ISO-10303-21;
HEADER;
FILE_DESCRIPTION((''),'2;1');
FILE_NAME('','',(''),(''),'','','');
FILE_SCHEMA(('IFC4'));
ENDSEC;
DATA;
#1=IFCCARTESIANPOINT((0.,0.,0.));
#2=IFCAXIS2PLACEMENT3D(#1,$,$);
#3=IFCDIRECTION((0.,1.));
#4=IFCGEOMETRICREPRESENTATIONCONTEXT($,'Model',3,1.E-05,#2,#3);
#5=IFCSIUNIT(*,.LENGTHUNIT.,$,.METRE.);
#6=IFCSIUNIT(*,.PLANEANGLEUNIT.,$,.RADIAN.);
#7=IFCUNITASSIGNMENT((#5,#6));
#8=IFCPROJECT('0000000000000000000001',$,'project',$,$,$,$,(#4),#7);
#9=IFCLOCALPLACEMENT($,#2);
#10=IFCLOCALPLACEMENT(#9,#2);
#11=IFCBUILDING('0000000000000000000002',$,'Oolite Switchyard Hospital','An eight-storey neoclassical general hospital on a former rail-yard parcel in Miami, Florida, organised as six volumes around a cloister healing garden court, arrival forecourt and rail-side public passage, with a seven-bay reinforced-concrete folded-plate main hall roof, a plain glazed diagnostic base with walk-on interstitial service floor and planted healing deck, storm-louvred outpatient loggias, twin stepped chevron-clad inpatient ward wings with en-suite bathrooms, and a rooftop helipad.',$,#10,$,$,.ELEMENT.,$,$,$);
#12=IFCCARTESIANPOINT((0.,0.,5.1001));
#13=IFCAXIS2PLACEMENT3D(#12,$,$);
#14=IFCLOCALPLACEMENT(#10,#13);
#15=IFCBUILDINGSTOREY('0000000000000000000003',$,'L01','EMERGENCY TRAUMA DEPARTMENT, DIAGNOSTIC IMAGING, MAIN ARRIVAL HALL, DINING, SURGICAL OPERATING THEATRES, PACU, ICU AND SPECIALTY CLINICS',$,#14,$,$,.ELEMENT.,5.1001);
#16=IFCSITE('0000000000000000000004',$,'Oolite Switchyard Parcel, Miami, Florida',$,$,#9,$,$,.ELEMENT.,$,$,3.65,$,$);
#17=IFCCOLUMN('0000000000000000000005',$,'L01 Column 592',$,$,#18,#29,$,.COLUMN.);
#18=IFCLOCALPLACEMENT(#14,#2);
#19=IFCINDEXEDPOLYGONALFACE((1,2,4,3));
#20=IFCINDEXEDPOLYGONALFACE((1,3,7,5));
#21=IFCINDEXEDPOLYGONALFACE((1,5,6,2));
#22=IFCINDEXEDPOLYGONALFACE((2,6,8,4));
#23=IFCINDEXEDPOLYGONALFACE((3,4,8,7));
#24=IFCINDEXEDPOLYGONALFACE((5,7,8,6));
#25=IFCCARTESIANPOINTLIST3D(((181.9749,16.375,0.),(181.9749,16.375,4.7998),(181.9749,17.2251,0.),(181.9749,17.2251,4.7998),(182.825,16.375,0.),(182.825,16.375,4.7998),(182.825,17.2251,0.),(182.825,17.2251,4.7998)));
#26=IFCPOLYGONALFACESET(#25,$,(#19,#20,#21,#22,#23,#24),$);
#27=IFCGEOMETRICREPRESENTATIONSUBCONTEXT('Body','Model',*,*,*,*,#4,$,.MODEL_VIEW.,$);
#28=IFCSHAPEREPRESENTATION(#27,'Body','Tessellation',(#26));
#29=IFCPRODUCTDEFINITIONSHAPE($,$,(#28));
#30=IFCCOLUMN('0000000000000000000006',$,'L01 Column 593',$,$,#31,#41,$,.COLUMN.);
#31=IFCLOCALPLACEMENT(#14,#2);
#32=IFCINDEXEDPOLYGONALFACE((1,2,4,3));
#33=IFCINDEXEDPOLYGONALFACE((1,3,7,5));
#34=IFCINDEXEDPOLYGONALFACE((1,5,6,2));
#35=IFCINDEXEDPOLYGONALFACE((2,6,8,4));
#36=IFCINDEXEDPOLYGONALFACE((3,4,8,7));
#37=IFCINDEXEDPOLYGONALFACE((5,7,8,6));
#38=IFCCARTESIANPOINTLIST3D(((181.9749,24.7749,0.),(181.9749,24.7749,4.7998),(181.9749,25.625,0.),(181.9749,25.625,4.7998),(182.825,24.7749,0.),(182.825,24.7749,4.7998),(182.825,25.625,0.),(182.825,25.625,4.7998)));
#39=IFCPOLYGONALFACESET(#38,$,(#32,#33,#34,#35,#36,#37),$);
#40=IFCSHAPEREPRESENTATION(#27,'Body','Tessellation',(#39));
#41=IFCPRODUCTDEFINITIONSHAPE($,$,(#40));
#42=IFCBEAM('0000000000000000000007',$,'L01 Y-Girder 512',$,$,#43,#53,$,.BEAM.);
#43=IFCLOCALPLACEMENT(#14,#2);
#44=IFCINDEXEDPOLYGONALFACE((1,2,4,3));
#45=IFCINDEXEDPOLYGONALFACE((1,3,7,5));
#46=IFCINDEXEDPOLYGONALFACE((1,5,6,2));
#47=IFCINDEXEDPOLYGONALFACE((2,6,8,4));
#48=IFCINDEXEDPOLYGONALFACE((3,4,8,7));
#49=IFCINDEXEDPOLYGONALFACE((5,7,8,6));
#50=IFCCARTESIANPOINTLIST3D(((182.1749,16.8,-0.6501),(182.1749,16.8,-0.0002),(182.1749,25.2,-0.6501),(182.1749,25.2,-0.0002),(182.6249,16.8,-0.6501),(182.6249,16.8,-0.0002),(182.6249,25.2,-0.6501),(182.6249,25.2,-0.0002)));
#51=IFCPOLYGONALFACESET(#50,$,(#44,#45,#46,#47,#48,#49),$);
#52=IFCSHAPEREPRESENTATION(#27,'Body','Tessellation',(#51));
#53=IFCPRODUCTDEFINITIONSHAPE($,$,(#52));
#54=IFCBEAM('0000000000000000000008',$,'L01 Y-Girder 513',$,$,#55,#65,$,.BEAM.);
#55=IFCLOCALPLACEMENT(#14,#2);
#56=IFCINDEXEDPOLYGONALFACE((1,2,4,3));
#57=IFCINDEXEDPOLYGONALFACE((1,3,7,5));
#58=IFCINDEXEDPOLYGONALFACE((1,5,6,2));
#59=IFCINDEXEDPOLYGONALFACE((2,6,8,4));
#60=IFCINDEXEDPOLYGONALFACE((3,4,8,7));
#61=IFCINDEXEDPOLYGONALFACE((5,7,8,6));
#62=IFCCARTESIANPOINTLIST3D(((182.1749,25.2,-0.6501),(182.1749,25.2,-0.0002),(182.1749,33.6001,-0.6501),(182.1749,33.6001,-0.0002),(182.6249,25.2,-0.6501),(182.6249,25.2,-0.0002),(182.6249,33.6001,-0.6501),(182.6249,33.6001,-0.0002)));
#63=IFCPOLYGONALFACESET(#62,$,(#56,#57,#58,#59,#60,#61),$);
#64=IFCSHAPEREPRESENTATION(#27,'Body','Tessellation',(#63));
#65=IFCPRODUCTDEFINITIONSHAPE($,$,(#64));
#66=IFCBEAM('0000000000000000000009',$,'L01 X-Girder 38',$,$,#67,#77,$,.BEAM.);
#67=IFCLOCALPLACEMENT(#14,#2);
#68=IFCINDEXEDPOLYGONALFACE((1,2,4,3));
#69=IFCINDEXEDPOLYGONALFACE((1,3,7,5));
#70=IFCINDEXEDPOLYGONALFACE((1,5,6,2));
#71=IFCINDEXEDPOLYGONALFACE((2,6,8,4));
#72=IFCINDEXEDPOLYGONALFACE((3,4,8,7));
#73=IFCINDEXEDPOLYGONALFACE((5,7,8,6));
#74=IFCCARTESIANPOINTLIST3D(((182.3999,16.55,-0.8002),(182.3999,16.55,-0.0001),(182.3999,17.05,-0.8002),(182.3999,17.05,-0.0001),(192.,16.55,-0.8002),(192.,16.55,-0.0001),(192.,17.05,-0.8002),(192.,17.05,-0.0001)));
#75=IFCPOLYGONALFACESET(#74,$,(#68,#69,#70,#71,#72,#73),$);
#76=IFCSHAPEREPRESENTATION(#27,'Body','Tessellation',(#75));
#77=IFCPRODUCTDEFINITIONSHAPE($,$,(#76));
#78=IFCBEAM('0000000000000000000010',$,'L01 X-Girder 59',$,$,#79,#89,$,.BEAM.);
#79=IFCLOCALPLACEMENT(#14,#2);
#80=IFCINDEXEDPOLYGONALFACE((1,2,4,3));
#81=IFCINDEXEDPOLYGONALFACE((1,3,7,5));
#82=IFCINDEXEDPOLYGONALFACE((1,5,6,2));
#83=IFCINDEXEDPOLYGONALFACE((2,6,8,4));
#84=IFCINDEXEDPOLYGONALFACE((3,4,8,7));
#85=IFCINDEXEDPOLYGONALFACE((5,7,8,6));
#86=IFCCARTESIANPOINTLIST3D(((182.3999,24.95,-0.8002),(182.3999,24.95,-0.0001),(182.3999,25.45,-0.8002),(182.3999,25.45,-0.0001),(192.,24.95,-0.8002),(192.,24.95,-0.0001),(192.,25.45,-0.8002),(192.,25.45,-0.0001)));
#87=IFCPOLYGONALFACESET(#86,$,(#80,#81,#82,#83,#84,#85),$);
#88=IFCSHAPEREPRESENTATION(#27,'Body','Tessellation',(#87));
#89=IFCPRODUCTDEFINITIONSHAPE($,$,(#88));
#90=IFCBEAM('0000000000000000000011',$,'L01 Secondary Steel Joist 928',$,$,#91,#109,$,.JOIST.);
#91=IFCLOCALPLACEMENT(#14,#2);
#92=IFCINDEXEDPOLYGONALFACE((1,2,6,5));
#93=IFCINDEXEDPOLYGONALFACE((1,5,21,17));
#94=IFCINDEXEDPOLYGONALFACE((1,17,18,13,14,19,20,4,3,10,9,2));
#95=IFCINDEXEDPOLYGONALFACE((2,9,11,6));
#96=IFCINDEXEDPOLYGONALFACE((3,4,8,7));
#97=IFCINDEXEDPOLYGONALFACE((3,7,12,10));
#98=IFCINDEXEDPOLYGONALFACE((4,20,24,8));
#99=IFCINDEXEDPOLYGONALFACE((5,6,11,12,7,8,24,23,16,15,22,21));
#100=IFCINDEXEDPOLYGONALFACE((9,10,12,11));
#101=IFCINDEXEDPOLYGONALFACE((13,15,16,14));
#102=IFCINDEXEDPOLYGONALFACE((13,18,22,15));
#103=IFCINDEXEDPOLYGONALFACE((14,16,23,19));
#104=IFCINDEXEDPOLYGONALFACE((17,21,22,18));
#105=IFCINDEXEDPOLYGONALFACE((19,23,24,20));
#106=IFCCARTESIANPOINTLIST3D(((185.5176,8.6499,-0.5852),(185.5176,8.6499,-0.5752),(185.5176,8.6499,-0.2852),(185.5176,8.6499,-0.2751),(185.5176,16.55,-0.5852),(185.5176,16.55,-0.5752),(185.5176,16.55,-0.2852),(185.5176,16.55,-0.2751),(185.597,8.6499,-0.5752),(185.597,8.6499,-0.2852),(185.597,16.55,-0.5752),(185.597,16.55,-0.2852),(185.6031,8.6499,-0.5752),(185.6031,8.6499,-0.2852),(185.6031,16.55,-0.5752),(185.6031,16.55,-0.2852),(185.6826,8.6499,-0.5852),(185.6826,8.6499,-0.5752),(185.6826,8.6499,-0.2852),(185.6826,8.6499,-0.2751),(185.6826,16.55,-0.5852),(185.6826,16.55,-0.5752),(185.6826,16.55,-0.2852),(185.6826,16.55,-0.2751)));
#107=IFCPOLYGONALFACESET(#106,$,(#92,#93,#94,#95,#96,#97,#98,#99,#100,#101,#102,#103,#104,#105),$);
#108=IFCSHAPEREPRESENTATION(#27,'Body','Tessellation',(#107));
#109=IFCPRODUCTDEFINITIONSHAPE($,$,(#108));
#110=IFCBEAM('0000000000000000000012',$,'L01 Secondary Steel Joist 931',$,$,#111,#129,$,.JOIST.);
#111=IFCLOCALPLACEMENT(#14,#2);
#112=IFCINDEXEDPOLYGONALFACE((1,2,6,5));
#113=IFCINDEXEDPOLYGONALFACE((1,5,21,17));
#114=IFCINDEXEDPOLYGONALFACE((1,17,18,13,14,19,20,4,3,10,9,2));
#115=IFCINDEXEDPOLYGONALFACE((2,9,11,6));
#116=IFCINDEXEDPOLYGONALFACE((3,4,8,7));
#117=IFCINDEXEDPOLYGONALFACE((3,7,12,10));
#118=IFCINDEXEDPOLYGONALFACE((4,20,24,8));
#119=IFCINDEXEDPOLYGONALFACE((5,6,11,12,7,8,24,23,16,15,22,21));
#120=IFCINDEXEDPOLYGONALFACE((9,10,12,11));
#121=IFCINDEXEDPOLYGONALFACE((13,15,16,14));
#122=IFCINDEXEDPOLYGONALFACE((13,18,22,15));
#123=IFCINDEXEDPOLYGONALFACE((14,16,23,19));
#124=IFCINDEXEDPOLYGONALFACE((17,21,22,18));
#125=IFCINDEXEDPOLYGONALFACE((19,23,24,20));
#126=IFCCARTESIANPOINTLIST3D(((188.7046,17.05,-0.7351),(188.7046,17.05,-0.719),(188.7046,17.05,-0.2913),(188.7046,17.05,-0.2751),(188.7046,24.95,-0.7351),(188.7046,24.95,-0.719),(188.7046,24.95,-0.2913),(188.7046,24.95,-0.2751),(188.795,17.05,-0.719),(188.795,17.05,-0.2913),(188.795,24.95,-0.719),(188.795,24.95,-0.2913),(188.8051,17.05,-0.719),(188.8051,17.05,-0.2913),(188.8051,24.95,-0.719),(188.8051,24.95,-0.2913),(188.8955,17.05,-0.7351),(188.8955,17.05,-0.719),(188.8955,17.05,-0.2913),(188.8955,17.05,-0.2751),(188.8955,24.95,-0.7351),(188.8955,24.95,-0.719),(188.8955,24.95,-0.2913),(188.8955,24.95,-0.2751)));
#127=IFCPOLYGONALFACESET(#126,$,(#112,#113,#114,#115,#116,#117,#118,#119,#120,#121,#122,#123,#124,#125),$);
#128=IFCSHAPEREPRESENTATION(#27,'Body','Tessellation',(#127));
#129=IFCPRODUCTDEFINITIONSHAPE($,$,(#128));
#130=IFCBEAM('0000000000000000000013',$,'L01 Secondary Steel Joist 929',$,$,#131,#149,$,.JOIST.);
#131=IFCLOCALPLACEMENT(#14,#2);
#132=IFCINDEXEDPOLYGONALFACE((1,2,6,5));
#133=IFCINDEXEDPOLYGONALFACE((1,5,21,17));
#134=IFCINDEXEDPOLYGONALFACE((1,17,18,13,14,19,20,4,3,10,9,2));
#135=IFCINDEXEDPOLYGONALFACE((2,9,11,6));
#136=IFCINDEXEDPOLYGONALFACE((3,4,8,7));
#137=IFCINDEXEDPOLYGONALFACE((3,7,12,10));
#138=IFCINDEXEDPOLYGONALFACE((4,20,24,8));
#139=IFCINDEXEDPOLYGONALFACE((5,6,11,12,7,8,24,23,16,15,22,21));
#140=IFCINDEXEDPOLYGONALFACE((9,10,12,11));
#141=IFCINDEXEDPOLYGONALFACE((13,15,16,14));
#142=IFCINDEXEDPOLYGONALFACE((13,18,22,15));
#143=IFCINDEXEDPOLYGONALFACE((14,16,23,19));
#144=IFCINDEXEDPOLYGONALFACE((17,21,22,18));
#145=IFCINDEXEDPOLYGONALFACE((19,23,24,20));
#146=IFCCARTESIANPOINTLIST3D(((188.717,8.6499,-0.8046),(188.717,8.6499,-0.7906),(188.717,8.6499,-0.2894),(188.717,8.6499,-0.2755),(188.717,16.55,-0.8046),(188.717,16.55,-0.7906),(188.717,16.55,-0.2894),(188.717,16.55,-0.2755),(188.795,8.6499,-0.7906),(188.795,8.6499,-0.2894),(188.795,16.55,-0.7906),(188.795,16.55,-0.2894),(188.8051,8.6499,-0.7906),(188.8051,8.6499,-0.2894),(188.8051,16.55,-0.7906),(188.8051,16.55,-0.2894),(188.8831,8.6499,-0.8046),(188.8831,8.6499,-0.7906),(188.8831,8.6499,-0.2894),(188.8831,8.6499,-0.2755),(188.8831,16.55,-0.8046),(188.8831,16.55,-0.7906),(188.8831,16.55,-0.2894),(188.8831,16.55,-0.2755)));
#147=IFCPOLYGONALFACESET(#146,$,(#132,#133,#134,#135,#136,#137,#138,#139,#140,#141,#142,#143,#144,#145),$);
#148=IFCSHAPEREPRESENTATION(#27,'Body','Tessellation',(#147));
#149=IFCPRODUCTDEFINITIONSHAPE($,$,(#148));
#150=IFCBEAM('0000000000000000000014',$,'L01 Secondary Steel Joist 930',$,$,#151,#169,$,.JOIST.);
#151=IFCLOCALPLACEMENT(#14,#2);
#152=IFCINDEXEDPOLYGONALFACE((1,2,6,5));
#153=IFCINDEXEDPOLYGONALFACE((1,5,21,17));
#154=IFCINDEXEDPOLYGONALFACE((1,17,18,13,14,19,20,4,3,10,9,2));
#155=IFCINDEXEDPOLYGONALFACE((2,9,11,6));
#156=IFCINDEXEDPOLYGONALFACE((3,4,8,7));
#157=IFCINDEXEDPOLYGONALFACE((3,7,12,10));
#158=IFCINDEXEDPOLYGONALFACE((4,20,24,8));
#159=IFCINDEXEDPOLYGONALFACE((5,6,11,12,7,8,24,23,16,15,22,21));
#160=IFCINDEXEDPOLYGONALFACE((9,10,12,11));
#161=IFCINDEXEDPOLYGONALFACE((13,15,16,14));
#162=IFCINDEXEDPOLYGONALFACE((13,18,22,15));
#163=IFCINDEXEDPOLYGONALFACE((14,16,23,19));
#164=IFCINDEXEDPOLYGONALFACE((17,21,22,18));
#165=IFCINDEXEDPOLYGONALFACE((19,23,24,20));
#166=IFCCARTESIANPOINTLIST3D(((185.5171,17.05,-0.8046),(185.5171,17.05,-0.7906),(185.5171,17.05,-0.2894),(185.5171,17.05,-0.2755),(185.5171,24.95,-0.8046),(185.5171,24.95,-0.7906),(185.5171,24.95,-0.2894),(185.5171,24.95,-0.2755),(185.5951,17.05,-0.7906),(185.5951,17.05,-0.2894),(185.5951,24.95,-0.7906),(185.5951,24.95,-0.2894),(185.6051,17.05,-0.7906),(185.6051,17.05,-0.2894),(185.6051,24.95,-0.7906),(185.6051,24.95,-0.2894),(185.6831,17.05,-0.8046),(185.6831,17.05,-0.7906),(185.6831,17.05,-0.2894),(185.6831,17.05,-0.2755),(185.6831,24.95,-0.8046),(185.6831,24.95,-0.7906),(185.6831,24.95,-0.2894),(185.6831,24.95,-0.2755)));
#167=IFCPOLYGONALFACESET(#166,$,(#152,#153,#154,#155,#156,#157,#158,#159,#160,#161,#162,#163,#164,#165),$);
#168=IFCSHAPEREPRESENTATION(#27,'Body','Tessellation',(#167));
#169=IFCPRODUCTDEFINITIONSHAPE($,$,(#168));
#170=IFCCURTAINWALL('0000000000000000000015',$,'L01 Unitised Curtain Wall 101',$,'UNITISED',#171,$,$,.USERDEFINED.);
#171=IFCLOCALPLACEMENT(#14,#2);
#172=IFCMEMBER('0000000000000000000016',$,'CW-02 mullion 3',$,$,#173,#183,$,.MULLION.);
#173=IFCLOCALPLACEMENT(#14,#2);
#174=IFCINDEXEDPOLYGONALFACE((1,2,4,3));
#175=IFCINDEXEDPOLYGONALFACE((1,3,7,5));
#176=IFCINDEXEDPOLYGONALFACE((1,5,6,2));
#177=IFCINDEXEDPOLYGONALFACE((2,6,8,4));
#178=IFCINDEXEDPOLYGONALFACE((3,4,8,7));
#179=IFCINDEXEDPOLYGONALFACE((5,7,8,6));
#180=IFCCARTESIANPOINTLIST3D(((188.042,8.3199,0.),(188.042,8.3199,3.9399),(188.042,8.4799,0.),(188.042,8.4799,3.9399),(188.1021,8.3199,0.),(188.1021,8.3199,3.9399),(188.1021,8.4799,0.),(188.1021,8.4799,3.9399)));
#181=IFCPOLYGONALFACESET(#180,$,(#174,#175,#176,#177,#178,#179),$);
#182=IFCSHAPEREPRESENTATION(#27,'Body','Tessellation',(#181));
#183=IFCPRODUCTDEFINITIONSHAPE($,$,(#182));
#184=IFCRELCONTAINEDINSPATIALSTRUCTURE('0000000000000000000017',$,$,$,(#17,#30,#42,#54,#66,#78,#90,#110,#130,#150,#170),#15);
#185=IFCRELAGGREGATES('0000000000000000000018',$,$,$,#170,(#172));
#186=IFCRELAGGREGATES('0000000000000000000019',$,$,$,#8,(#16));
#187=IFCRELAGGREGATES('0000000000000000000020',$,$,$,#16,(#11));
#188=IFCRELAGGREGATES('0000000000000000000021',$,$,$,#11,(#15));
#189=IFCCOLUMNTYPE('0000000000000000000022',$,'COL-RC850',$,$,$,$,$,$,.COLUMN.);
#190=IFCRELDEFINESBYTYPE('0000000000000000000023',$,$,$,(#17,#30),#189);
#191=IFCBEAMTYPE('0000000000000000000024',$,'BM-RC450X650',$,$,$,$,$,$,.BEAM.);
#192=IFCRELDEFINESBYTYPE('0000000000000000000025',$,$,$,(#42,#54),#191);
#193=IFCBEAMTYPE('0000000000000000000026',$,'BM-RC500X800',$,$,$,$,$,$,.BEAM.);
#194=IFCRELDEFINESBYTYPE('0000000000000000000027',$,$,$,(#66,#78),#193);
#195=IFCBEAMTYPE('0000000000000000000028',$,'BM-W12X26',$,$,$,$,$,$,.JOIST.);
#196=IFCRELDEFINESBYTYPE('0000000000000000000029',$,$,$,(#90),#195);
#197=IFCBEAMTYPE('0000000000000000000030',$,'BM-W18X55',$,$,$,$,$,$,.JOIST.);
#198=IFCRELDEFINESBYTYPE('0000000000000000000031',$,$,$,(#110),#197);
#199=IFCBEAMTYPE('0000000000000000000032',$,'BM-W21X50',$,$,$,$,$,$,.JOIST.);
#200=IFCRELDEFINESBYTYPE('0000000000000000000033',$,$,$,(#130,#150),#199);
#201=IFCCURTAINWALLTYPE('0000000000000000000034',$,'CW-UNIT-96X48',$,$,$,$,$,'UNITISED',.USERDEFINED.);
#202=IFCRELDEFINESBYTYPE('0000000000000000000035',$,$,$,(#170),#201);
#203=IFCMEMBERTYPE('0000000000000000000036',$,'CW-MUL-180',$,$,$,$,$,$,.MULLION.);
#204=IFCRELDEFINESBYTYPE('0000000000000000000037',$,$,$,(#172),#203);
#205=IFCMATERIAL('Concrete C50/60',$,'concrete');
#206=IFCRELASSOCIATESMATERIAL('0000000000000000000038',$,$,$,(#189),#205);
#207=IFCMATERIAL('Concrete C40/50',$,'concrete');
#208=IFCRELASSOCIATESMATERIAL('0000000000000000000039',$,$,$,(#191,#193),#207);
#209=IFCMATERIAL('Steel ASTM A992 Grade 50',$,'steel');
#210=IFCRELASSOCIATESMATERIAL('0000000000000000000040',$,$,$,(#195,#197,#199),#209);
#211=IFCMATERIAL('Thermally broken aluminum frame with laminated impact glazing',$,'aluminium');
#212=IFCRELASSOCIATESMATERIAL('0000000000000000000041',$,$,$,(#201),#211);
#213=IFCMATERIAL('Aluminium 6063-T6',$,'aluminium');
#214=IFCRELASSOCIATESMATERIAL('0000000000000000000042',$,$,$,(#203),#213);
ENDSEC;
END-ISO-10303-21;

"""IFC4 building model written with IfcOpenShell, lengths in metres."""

from ifc_helpers import new_model, si_unit, direction, frame, origin, origin_2d, place, context, subcontext, project, spatial, rectangle, i_section, extrude, material, material_profile, profile_set, type_object, element, aggregate, save


model = new_model("IFC4")

# Units and contexts
model_context = context("Model", 3, precision=1e-05, world=origin(), true_north=direction((0.0, 1.0)))
body_context = subcontext(model_context, "Body", "Model", "MODEL_VIEW")
ifc_project = project(units=[si_unit("LENGTHUNIT", "METRE"), si_unit("PLANEANGLEUNIT", "RADIAN")], contexts=[model_context])

# Site, building, storey
site_placement = place(None, origin())
site = spatial("IfcSite", under=ifc_project, at=site_placement, Name="Oolite Switchyard Parcel, Miami, Florida", CompositionType="ELEMENT", RefElevation=3.65)
building_placement = place(site_placement, origin())
building = spatial("IfcBuilding", under=site, at=building_placement, Name="Oolite Switchyard Hospital", Description="An eight-storey neoclassical general hospital on a former rail-yard parcel in Miami, Florida, organised as six volumes around a cloister healing garden court, arrival forecourt and rail-side public passage, with a seven-bay reinforced-concrete folded-plate main hall roof, a plain glazed diagnostic base with walk-on interstitial service floor and planted healing deck, storm-louvred outpatient loggias, twin stepped chevron-clad inpatient ward wings with en-suite bathrooms, and a rooftop helipad.", CompositionType="ELEMENT")
storey_placement = place(building_placement, frame((0.0, 0.0, 5.1001)))
storey = spatial("IfcBuildingStorey", under=building, at=storey_placement, Name="L01", Description="EMERGENCY TRAUMA DEPARTMENT, DIAGNOSTIC IMAGING, MAIN ARRIVAL HALL, DINING, SURGICAL OPERATING THEATRES, PACU, ICU AND SPECIALTY CLINICS", CompositionType="ELEMENT", Elevation=5.1001)

# Columns
ifc_material_1 = material(Name="Concrete C50/60", Category="concrete")
ifc_material_profile_1 = material_profile(ifc_material_1, rectangle(XDim=0.8501, YDim=0.8501, at=origin_2d()), Name="RC850X850")
ifc_profile_set_1 = profile_set([ifc_material_profile_1], Name="Concrete C50/60")
column_type = type_object("IfcColumnType", Name="COL-RC850", PredefinedType="COLUMN", material=ifc_profile_set_1)
for number, where, z_axis, x_axis, name in (
    (1, (182.3999, 16.8, 0.0), (0.0, 0.0, 1.0), (1.0, 0.0, 0.0), "L01 Column 592"),
    (2, (182.3999, 25.2, 0.0), (0.0, 0.0, 1.0), (1.0, 0.0, 0.0), "L01 Column 593"),
):
    element("IfcColumn", number, at=place(storey_placement, frame(where, z_axis=z_axis, x_axis=x_axis)), inside=storey, type_object=column_type, Name=name, PredefinedType="COLUMN", context=body_context, shape_type="SweptSolid", body=[
        extrude(rectangle(XDim=0.8501, YDim=0.8501, at=origin_2d()), origin(), (0.0, 0.0, 1.0), 4.7998),
    ])

# Beams
ifc_material_2 = material(Name="Concrete C40/50", Category="concrete")
ifc_material_profile_2 = material_profile(ifc_material_2, rectangle(XDim=0.45, YDim=0.6499, at=origin_2d()), Name="RCB450X650")
ifc_profile_set_2 = profile_set([ifc_material_profile_2], Name="Concrete C40/50")
beam_type_1 = type_object("IfcBeamType", Name="BM-RC450X650", PredefinedType="BEAM", material=ifc_profile_set_2)
beam_1_placement = place(storey_placement, frame((182.3999, 16.8, -0.3252), z_axis=(0.0, 1.0, 0.0), x_axis=(-1.0, 0.0, 0.0)))
element("IfcBeam", 3, at=beam_1_placement, inside=storey, type_object=beam_type_1, Name="L01 Y-Girder 512", PredefinedType="BEAM", context=body_context, shape_type="SweptSolid", body=[
    extrude(rectangle(XDim=0.45, YDim=0.6499, at=origin_2d()), origin(), (0.0, 0.0, 1.0), 8.3999),
])
beam_2_placement = place(storey_placement, frame((182.3999, 25.2, -0.3252), z_axis=(0.0, 1.0, 0.0), x_axis=(-1.0, 0.0, 0.0)))
element("IfcBeam", 4, at=beam_2_placement, inside=storey, type_object=beam_type_1, Name="L01 Y-Girder 513", PredefinedType="BEAM", context=body_context, shape_type="SweptSolid", body=[
    extrude(rectangle(XDim=0.45, YDim=0.6499, at=origin_2d()), origin(), (0.0, 0.0, 1.0), 8.4001),
])
ifc_material_profile_3 = material_profile(ifc_material_2, rectangle(XDim=0.5, YDim=0.8, at=origin_2d()), Name="RCB500X800")
ifc_profile_set_3 = profile_set([ifc_material_profile_3], Name="Concrete C40/50")
beam_type_2 = type_object("IfcBeamType", Name="BM-RC500X800", PredefinedType="BEAM", material=ifc_profile_set_3)
for number, where, z_axis, x_axis, name in (
    (5, (182.3999, 16.8, -0.4001), (1.0, 0.0, 0.0), (0.0, 1.0, 0.0), "L01 X-Girder 38"),
    (6, (182.3999, 25.2, -0.4001), (1.0, 0.0, 0.0), (0.0, 1.0, 0.0), "L01 X-Girder 59"),
):
    element("IfcBeam", number, at=place(storey_placement, frame(where, z_axis=z_axis, x_axis=x_axis)), inside=storey, type_object=beam_type_2, Name=name, PredefinedType="BEAM", context=body_context, shape_type="SweptSolid", body=[
        extrude(rectangle(XDim=0.5, YDim=0.8, at=origin_2d()), origin(), (0.0, 0.0, 1.0), 9.6001),
    ])
ifc_material_3 = material(Name="Steel ASTM A992 Grade 50", Category="steel")
ifc_material_profile_4 = material_profile(ifc_material_3, i_section(OverallWidth=0.165, OverallDepth=0.3101, WebThickness=0.0061, FlangeThickness=0.01, at=origin_2d()), Name="W12X26")
ifc_profile_set_4 = profile_set([ifc_material_profile_4], Name="Steel ASTM A992 Grade 50")
beam_type_3 = type_object("IfcBeamType", Name="BM-W12X26", PredefinedType="JOIST", material=ifc_profile_set_4)
beam_3_placement = place(storey_placement, frame((185.6001, 8.6499, -0.4302), z_axis=(0.0, 1.0, 0.0), x_axis=(-1.0, 0.0, 0.0)))
element("IfcBeam", 7, at=beam_3_placement, inside=storey, type_object=beam_type_3, Name="L01 Secondary Steel Joist 928", PredefinedType="JOIST", context=body_context, shape_type="SweptSolid", body=[
    extrude(i_section(OverallWidth=0.165, OverallDepth=0.3101, WebThickness=0.0061, FlangeThickness=0.01, at=origin_2d()), origin(), (0.0, 0.0, 1.0), 7.9001),
])
ifc_material_profile_5 = material_profile(ifc_material_3, i_section(OverallWidth=0.1909, OverallDepth=0.46, WebThickness=0.01, FlangeThickness=0.0161, at=origin_2d()), Name="W18X55")
ifc_profile_set_5 = profile_set([ifc_material_profile_5], Name="Steel ASTM A992 Grade 50")
beam_type_4 = type_object("IfcBeamType", Name="BM-W18X55", PredefinedType="JOIST", material=ifc_profile_set_5)
beam_4_placement = place(storey_placement, frame((188.8, 17.05, -0.5051), z_axis=(0.0, 1.0, 0.0), x_axis=(-1.0, 0.0, 0.0)))
element("IfcBeam", 8, at=beam_4_placement, inside=storey, type_object=beam_type_4, Name="L01 Secondary Steel Joist 931", PredefinedType="JOIST", context=body_context, shape_type="SweptSolid", body=[
    extrude(i_section(OverallWidth=0.1909, OverallDepth=0.46, WebThickness=0.01, FlangeThickness=0.0161, at=origin_2d()), origin(), (0.0, 0.0, 1.0), 7.8999),
])
ifc_material_profile_6 = material_profile(ifc_material_3, i_section(OverallWidth=0.166, OverallDepth=0.5291, WebThickness=0.01, FlangeThickness=0.0139, at=origin_2d()), Name="W21X50")
ifc_profile_set_6 = profile_set([ifc_material_profile_6], Name="Steel ASTM A992 Grade 50")
beam_type_5 = type_object("IfcBeamType", Name="BM-W21X50", PredefinedType="JOIST", material=ifc_profile_set_6)
beam_5_placement = place(storey_placement, frame((188.8, 8.6499, -0.54), z_axis=(0.0, 1.0, 0.0), x_axis=(-1.0, 0.0, 0.0)))
element("IfcBeam", 9, at=beam_5_placement, inside=storey, type_object=beam_type_5, Name="L01 Secondary Steel Joist 929", PredefinedType="JOIST", context=body_context, shape_type="SweptSolid", body=[
    extrude(i_section(OverallWidth=0.166, OverallDepth=0.5291, WebThickness=0.01, FlangeThickness=0.0139, at=origin_2d()), origin(), (0.0, 0.0, 1.0), 7.9001),
])
beam_6_placement = place(storey_placement, frame((185.6001, 17.05, -0.54), z_axis=(0.0, 1.0, 0.0), x_axis=(-1.0, 0.0, 0.0)))
element("IfcBeam", 10, at=beam_6_placement, inside=storey, type_object=beam_type_5, Name="L01 Secondary Steel Joist 930", PredefinedType="JOIST", context=body_context, shape_type="SweptSolid", body=[
    extrude(i_section(OverallWidth=0.166, OverallDepth=0.5291, WebThickness=0.01, FlangeThickness=0.0139, at=origin_2d()), origin(), (0.0, 0.0, 1.0), 7.8999),
])

# Curtain wall, member
ifc_material_4 = material(Name="Thermally broken aluminum frame with laminated impact glazing", Category="aluminium")
curtain_wall_type = type_object("IfcCurtainWallType", Name="CW-UNIT-96X48", ElementType="UNITISED", PredefinedType="USERDEFINED", material=ifc_material_4)
curtain_wall_1_placement = place(storey_placement, origin())
curtain_wall_1 = element("IfcCurtainWall", 11, at=curtain_wall_1_placement, inside=storey, type_object=curtain_wall_type, Name="L01 Unitised Curtain Wall 101", ObjectType="UNITISED", PredefinedType="USERDEFINED")
ifc_material_5 = material(Name="Aluminium 6063-T6", Category="aluminium")
ifc_material_profile_7 = material_profile(ifc_material_5, rectangle(XDim=0.1599, YDim=0.0601, at=origin_2d()), Name="CWM60X160")
ifc_profile_set_7 = profile_set([ifc_material_profile_7], Name="Aluminium 6063-T6")
member_type_1 = type_object("IfcMemberType", Name="CW-MUL-180", PredefinedType="MULLION", material=ifc_profile_set_7)
member_1_placement = place(storey_placement, frame((188.072, 8.3999, 0.0), z_axis=(0.0, 0.0, 1.0), x_axis=(0.0, -1.0, 0.0)))
member_1 = element("IfcMember", 12, at=member_1_placement, type_object=member_type_1, Name="CW-02 mullion 3", PredefinedType="MULLION", context=body_context, shape_type="SweptSolid", body=[
    extrude(rectangle(XDim=0.1599, YDim=0.0601, at=origin_2d()), origin(), (0.0, 0.0, 1.0), 3.9399),
])

aggregate(curtain_wall_1, [member_1])

save(model, "model.ifc")
